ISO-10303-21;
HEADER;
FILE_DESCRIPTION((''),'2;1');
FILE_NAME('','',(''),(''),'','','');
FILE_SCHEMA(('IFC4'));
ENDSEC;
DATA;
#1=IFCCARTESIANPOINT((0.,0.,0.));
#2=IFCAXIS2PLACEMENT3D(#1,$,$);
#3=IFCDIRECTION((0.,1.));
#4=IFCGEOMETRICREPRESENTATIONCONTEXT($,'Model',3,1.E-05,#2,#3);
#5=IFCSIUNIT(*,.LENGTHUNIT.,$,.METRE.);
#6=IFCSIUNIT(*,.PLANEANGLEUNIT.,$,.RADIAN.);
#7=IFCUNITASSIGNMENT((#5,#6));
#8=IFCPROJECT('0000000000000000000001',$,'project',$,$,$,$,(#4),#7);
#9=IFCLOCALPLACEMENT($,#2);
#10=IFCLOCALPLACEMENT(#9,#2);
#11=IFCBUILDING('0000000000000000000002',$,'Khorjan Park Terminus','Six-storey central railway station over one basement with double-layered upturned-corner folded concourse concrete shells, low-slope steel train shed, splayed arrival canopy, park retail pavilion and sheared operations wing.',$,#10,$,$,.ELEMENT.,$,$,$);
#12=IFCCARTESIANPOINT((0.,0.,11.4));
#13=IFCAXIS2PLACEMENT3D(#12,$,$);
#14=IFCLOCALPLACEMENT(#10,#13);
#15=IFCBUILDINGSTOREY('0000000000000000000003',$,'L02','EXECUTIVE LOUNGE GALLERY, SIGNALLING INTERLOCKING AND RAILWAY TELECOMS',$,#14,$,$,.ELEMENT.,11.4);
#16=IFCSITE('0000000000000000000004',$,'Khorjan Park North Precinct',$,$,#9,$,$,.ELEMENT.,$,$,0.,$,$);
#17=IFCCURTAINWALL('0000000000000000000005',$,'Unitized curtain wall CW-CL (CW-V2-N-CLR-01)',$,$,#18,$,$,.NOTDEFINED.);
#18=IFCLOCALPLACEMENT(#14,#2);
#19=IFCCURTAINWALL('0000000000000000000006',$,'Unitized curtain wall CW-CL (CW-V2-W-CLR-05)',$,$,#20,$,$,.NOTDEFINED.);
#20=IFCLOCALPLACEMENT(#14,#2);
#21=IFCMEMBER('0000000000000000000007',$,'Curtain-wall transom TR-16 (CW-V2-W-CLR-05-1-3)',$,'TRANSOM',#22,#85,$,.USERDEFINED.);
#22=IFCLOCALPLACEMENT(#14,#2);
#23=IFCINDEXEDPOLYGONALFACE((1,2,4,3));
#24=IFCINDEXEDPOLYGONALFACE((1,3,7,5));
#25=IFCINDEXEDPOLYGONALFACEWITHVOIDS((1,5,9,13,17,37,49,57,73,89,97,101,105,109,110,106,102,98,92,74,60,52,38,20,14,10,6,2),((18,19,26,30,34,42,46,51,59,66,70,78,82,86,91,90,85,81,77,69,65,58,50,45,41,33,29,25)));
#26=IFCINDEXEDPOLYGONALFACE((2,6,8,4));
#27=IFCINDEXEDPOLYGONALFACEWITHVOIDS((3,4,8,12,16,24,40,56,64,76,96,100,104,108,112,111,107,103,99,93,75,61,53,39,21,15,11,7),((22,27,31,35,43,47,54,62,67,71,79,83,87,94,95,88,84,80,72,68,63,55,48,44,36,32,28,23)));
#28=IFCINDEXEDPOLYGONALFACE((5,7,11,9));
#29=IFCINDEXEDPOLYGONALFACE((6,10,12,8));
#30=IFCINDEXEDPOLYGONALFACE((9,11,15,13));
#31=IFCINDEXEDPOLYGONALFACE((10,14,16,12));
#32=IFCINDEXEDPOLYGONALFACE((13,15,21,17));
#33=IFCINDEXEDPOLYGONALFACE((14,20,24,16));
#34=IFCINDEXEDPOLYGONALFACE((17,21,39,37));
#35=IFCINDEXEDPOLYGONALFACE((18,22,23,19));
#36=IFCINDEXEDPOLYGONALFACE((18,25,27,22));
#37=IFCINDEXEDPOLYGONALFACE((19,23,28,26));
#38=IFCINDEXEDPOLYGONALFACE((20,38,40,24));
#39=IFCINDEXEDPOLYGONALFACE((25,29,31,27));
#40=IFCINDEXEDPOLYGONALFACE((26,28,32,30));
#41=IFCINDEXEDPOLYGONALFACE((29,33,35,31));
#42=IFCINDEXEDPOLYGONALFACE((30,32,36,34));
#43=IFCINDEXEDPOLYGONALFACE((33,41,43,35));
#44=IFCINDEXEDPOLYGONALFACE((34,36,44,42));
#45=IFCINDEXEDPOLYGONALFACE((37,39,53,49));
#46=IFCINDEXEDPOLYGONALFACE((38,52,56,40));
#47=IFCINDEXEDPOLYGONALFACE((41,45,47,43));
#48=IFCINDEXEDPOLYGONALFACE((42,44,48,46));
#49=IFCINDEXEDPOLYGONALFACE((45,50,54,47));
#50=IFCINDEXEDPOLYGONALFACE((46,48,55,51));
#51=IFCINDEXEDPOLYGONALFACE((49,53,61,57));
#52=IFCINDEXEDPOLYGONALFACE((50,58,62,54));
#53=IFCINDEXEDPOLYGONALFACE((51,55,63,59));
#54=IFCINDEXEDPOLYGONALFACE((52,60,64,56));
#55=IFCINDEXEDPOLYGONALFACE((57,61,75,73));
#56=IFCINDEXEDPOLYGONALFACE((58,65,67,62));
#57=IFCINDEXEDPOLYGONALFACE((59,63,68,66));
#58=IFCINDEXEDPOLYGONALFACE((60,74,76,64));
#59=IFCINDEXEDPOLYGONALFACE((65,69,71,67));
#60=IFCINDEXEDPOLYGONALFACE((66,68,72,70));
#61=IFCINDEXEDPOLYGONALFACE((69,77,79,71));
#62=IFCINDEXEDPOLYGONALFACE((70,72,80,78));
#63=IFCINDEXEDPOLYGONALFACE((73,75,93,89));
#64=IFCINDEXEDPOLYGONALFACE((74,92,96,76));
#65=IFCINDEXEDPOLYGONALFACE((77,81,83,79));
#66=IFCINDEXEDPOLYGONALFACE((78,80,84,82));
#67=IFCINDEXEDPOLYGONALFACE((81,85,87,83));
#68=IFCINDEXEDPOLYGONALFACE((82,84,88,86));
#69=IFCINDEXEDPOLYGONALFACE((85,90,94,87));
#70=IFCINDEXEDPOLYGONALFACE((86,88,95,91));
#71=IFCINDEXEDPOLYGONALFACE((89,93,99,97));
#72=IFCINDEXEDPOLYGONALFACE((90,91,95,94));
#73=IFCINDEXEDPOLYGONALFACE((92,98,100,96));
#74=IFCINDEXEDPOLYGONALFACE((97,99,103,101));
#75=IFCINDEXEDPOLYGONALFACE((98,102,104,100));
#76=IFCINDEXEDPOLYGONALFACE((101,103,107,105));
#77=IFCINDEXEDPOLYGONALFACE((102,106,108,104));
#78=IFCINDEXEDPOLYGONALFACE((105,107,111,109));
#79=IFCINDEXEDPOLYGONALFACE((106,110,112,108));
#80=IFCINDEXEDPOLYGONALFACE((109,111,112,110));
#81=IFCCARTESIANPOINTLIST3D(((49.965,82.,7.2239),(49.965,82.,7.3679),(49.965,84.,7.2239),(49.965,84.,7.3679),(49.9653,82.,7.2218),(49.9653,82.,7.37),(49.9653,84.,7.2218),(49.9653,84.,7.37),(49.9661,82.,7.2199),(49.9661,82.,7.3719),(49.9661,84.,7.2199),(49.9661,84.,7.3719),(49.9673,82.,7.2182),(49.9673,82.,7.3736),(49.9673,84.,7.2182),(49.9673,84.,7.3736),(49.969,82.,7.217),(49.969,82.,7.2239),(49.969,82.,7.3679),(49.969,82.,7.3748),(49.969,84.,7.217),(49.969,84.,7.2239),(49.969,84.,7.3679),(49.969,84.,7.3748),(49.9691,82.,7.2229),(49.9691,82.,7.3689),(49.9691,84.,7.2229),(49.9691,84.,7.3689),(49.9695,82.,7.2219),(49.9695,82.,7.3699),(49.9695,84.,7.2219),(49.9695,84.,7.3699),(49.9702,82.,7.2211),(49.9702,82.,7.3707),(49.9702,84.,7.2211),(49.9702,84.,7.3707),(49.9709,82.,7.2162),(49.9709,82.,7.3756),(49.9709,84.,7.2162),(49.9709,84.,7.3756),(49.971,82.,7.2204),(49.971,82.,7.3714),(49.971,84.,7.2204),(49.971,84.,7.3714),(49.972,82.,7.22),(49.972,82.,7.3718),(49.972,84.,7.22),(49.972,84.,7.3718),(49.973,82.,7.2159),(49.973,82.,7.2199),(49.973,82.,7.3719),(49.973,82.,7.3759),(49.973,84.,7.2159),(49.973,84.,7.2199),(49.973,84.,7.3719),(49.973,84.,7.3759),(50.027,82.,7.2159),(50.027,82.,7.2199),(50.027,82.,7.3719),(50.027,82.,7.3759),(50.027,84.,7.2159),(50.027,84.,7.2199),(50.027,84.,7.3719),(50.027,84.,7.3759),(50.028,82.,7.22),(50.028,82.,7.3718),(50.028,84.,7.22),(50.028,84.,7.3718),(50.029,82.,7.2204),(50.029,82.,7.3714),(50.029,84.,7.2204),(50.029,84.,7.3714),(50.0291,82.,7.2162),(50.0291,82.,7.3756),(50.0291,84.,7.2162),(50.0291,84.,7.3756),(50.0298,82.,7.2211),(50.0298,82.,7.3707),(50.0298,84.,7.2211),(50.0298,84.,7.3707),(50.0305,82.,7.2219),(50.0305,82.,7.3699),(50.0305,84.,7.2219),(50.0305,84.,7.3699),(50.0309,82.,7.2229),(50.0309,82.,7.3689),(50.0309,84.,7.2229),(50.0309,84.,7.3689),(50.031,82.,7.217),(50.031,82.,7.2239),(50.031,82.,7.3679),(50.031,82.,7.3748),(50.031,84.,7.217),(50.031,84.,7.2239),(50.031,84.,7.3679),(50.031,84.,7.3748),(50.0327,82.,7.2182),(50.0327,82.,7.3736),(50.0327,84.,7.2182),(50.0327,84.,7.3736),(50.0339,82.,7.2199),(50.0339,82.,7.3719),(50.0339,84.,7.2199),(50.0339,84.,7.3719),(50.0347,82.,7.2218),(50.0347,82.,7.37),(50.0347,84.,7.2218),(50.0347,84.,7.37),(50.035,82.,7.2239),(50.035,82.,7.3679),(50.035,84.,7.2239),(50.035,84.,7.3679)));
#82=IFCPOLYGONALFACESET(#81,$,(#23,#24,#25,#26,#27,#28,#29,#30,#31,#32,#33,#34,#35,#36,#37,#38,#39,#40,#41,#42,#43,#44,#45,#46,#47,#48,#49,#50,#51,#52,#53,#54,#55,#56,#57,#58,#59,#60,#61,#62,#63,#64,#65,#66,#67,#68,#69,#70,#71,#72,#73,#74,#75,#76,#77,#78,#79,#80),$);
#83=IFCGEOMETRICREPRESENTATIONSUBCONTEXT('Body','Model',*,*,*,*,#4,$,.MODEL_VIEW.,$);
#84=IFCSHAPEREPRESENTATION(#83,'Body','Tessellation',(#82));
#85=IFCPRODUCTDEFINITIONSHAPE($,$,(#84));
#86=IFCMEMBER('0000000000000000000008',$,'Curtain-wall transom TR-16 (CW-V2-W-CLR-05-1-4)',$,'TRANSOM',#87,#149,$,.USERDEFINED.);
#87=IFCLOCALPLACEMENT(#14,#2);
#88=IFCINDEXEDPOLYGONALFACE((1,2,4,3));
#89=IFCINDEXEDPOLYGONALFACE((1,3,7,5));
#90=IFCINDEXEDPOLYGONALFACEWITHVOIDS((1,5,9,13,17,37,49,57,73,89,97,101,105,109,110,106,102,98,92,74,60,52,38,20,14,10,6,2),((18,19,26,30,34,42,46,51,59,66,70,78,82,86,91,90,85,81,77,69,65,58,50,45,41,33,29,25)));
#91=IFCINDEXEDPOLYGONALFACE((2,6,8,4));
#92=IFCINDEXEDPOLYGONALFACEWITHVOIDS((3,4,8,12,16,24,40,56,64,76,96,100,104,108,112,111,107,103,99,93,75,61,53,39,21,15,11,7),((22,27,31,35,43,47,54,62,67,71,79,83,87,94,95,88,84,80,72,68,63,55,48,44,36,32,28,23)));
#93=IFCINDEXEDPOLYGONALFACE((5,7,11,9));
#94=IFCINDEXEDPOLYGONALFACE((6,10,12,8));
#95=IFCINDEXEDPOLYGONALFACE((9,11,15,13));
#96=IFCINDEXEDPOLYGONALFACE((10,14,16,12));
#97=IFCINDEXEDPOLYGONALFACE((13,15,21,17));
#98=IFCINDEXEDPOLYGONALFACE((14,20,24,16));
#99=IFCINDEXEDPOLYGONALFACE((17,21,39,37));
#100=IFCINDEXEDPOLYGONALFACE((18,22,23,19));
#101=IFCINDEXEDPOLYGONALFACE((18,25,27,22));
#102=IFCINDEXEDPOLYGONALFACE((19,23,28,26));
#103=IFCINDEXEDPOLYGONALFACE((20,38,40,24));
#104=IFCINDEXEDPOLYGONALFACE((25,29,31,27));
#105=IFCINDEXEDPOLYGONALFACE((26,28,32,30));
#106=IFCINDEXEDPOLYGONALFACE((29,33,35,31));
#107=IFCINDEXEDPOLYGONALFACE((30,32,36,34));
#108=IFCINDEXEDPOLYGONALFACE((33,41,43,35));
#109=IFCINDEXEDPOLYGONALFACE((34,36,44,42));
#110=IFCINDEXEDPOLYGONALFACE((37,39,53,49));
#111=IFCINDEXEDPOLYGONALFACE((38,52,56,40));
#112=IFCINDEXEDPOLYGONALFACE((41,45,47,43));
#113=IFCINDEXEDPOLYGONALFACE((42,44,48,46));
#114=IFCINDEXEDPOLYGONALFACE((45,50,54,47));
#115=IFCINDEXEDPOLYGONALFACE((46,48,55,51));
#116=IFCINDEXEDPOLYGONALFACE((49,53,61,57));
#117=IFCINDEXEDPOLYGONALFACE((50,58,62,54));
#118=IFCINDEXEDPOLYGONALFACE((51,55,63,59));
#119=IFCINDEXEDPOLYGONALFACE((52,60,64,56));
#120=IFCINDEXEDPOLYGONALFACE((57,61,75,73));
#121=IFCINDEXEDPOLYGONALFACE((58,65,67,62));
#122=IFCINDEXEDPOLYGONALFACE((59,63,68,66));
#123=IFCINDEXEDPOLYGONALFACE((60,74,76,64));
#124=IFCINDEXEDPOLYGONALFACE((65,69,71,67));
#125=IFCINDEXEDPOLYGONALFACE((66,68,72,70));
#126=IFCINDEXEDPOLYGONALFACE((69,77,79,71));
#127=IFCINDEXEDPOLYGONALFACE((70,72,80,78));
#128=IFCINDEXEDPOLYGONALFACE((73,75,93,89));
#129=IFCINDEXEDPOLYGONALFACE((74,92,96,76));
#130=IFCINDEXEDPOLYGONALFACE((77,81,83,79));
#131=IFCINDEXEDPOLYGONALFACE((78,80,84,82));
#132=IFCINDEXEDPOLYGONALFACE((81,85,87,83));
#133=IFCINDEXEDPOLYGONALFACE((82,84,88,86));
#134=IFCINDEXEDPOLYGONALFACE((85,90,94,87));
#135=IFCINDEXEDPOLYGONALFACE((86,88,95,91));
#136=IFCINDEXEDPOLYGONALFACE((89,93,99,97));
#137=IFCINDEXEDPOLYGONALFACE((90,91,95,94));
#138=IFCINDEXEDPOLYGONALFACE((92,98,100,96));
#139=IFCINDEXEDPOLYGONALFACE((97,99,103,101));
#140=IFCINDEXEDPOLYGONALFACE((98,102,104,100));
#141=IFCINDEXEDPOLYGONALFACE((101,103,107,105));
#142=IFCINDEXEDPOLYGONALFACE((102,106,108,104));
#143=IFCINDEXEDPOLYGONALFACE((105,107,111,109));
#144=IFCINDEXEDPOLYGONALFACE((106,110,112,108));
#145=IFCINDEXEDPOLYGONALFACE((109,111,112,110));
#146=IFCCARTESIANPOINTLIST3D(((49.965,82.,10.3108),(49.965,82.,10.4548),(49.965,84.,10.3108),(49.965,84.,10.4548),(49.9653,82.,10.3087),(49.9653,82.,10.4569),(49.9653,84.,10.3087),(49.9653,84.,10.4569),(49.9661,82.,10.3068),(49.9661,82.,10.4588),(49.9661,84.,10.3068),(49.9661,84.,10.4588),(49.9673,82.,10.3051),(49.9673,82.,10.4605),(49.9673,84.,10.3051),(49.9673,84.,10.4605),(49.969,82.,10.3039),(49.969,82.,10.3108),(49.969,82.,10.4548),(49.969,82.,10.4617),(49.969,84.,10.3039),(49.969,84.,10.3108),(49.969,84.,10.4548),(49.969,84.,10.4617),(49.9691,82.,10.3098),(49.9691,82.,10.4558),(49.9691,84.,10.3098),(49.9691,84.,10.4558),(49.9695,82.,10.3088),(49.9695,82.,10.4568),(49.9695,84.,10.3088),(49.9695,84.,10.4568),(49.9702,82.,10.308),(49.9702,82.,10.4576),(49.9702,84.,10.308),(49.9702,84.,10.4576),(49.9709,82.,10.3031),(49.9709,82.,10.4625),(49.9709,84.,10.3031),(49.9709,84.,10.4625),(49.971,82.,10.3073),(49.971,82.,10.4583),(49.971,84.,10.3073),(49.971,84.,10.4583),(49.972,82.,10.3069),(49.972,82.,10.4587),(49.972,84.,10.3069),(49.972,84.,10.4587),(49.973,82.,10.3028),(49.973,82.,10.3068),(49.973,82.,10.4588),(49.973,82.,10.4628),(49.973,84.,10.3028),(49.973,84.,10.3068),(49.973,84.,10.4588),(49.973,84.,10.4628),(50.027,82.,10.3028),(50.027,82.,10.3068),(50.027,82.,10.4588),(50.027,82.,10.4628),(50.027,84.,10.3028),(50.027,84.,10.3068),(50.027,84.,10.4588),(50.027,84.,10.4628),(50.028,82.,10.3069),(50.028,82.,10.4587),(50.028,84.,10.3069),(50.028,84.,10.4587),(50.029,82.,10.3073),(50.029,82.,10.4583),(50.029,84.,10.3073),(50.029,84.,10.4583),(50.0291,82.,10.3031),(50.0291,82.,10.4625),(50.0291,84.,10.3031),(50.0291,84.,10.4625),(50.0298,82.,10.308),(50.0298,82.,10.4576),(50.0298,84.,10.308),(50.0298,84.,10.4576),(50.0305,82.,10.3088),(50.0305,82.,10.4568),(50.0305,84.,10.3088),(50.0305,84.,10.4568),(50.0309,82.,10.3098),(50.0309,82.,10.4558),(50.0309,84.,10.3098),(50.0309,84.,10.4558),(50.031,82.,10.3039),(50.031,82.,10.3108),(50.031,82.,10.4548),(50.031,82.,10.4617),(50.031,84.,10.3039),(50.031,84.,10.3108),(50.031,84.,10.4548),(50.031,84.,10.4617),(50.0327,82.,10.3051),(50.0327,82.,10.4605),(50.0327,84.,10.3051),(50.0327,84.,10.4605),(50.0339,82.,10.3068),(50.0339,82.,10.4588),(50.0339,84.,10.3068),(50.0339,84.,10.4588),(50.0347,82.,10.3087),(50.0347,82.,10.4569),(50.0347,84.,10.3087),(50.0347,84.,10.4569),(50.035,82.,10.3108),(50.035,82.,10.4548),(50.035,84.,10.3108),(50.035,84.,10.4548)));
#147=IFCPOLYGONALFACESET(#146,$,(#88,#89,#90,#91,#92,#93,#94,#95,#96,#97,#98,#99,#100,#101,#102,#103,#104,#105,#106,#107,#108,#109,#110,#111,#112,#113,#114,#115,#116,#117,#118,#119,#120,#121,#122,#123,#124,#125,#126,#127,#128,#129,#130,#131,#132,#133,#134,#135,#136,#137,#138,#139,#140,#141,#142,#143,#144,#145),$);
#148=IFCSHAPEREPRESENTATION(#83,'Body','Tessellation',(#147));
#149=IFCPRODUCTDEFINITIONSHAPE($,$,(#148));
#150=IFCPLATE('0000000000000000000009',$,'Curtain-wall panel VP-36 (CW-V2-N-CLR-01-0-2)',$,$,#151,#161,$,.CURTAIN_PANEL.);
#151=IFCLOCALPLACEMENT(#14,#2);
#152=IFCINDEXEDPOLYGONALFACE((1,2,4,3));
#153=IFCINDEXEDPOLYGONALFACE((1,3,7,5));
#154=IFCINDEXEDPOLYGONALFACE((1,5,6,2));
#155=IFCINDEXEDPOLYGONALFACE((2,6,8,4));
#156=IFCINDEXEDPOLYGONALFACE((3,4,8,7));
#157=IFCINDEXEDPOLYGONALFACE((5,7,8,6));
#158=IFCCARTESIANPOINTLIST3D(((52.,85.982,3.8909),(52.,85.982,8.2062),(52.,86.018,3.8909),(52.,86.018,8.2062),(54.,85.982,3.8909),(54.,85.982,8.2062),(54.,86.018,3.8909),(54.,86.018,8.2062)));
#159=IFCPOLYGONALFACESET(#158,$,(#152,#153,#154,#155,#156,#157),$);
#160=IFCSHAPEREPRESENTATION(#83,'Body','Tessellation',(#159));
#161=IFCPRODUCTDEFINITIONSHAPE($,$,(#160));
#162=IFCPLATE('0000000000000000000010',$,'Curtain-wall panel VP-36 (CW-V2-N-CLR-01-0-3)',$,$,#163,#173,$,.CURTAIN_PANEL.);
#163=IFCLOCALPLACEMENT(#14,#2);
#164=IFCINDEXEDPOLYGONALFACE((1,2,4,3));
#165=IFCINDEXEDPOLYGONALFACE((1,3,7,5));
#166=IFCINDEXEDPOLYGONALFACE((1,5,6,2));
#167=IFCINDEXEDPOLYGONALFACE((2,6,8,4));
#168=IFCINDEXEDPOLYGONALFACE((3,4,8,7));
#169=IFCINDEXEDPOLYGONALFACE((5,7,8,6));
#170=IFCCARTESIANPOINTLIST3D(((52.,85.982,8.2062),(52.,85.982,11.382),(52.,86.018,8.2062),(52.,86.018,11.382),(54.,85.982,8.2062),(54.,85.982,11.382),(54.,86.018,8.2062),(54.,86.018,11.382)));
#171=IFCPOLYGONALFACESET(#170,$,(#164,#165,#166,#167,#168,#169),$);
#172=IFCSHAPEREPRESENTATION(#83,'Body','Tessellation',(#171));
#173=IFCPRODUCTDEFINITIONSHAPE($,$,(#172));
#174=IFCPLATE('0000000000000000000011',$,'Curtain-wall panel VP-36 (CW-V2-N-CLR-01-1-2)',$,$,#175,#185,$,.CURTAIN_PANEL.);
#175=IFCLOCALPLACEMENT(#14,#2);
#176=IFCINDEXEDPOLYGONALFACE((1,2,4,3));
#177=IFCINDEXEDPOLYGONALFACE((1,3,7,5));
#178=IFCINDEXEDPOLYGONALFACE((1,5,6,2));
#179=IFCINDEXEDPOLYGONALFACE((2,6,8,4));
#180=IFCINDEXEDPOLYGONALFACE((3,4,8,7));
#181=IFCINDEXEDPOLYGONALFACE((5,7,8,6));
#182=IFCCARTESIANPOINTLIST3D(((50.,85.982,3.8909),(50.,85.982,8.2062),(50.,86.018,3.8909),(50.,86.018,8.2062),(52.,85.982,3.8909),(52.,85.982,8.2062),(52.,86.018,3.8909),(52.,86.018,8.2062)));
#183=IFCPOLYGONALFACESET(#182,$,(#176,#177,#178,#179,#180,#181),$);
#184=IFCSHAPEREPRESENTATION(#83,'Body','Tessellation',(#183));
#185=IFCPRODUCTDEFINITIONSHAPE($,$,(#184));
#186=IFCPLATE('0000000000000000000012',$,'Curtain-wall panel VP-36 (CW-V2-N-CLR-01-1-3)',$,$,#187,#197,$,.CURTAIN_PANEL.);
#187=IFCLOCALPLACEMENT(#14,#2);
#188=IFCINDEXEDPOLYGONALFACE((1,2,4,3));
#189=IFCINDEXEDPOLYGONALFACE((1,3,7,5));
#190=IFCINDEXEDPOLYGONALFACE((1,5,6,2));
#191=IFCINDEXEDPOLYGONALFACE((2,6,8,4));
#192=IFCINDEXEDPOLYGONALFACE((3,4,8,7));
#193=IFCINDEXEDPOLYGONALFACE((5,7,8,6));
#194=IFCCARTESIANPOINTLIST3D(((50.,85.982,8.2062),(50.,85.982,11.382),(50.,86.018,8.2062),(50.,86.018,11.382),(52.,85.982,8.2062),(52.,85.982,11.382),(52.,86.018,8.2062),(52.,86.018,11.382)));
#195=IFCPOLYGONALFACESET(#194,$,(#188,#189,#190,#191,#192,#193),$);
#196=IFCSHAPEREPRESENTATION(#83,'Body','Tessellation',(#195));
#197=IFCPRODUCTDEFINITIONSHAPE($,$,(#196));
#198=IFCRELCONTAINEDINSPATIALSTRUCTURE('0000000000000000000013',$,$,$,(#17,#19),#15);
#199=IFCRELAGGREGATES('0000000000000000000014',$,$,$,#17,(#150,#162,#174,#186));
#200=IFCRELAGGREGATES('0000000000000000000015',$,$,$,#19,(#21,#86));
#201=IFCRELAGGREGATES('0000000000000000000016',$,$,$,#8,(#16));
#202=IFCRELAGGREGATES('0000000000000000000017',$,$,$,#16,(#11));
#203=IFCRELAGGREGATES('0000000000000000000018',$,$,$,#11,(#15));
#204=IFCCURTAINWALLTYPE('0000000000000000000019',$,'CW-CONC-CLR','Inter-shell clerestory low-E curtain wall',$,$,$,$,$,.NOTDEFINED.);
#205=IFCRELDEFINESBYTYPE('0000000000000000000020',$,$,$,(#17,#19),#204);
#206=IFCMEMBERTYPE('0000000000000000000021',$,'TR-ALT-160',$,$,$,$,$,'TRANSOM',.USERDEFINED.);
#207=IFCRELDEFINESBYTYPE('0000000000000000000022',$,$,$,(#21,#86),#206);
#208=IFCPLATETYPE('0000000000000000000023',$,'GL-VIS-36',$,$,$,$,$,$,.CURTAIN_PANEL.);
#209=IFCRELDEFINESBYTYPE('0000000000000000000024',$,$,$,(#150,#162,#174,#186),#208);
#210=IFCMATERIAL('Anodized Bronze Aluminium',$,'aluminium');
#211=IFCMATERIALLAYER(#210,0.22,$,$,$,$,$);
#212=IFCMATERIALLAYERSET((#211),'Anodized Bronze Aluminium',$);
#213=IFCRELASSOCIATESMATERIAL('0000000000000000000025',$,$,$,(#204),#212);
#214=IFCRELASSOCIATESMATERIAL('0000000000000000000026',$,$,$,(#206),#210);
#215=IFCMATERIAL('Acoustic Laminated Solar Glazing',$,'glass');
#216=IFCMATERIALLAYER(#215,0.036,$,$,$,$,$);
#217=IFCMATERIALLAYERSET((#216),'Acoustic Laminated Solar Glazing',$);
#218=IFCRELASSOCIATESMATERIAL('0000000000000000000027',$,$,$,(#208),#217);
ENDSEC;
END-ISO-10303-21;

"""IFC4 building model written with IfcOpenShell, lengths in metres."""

from ifc_helpers import new_model, si_unit, direction, frame, origin, origin_2d, place, context, subcontext, project, spatial, rectangle, hollow_rectangle, extrude, material, layer, layer_set, material_profile, profile_set, type_object, element, aggregate, save


model = new_model("IFC4")

# Units and contexts
model_context = context("Model", 3, precision=1e-05, world=origin(), true_north=direction((0.0, 1.0)))
body_context = subcontext(model_context, "Body", "Model", "MODEL_VIEW")
ifc_project = project(units=[si_unit("LENGTHUNIT", "METRE"), si_unit("PLANEANGLEUNIT", "RADIAN")], contexts=[model_context])

# Site, building, storey
site_placement = place(None, origin())
site = spatial("IfcSite", under=ifc_project, at=site_placement, Name="Khorjan Park North Precinct", CompositionType="ELEMENT", RefElevation=0.0)
building_placement = place(site_placement, origin())
building = spatial("IfcBuilding", under=site, at=building_placement, Name="Khorjan Park Terminus", Description="Six-storey central railway station over one basement with double-layered upturned-corner folded concourse concrete shells, low-slope steel train shed, splayed arrival canopy, park retail pavilion and sheared operations wing.", CompositionType="ELEMENT")
storey_placement = place(building_placement, frame((0.0, 0.0, 11.4)))
storey = spatial("IfcBuildingStorey", under=building, at=storey_placement, Name="L02", Description="EXECUTIVE LOUNGE GALLERY, SIGNALLING INTERLOCKING AND RAILWAY TELECOMS", CompositionType="ELEMENT", Elevation=11.4)

# Curtain walls, members
ifc_material_1 = material(Name="Anodized Bronze Aluminium", Category="aluminium")
ifc_layer_1 = layer(ifc_material_1, 0.22)
ifc_layer_set_1 = layer_set([ifc_layer_1], Name="Anodized Bronze Aluminium")
curtain_wall_type = type_object("IfcCurtainWallType", Name="CW-CONC-CLR", Description="Inter-shell clerestory low-E curtain wall", PredefinedType="NOTDEFINED", material=ifc_layer_set_1)
curtain_wall_1_placement = place(storey_placement, origin())
curtain_wall_1 = element("IfcCurtainWall", 1, at=curtain_wall_1_placement, inside=storey, type_object=curtain_wall_type, Name="Unitized curtain wall CW-CL (CW-V2-N-CLR-01)", PredefinedType="NOTDEFINED")
ifc_material_profile_1 = material_profile(ifc_material_1, hollow_rectangle(XDim=0.07, YDim=0.16, WallThickness=0.004, InnerFilletRadius=0.004, OuterFilletRadius=0.008, at=origin_2d()), Name="ALT 70x160x4")
ifc_profile_set_1 = profile_set([ifc_material_profile_1], Name="Anodized Bronze Aluminium")
member_type_1 = type_object("IfcMemberType", Name="TR-ALT-160", ElementType="TRANSOM", PredefinedType="USERDEFINED", material=ifc_profile_set_1)
curtain_wall_2_placement = place(storey_placement, origin())
curtain_wall_2 = element("IfcCurtainWall", 2, at=curtain_wall_2_placement, inside=storey, type_object=curtain_wall_type, Name="Unitized curtain wall CW-CL (CW-V2-W-CLR-05)", PredefinedType="NOTDEFINED")
member_1_placement = place(storey_placement, frame((50.0, 84.0, 7.2959), z_axis=(0.0, -1.0, 0.0), x_axis=(1.0, 0.0, 0.0)))
member_1 = element("IfcMember", 3, at=member_1_placement, type_object=member_type_1, Name="Curtain-wall transom TR-16 (CW-V2-W-CLR-05-1-3)", ObjectType="TRANSOM", PredefinedType="USERDEFINED", context=body_context, shape_type="SweptSolid", body=[
    extrude(hollow_rectangle(XDim=0.07, YDim=0.16, WallThickness=0.004, InnerFilletRadius=0.004, OuterFilletRadius=0.008, at=origin_2d()), origin(), (0.0, 0.0, 1.0), 2.0),
])
member_2_placement = place(storey_placement, frame((50.0, 84.0, 10.3828), z_axis=(0.0, -1.0, 0.0), x_axis=(1.0, 0.0, 0.0)))
member_2 = element("IfcMember", 4, at=member_2_placement, type_object=member_type_1, Name="Curtain-wall transom TR-16 (CW-V2-W-CLR-05-1-4)", ObjectType="TRANSOM", PredefinedType="USERDEFINED", context=body_context, shape_type="SweptSolid", body=[
    extrude(hollow_rectangle(XDim=0.07, YDim=0.16, WallThickness=0.004, InnerFilletRadius=0.004, OuterFilletRadius=0.008, at=origin_2d()), origin(), (0.0, 0.0, 1.0), 2.0),
])

# Plates
ifc_material_2 = material(Name="Acoustic Laminated Solar Glazing", Category="glass")
ifc_layer_2 = layer(ifc_material_2, 0.036)
ifc_layer_set_2 = layer_set([ifc_layer_2], Name="Acoustic Laminated Solar Glazing")
plate_type_1 = type_object("IfcPlateType", Name="GL-VIS-36", PredefinedType="CURTAIN_PANEL", material=ifc_layer_set_2)
plate_1_placement = place(storey_placement, frame((53.0, 86.0, 3.8909), z_axis=(0.0, 0.0, 1.0), x_axis=(-1.0, 0.0, 0.0)))
plate_1 = element("IfcPlate", 5, at=plate_1_placement, type_object=plate_type_1, Name="Curtain-wall panel VP-36 (CW-V2-N-CLR-01-0-2)", PredefinedType="CURTAIN_PANEL", context=body_context, shape_type="SweptSolid", body=[
    extrude(rectangle(XDim=2.0, YDim=0.036, at=origin_2d()), origin(), (0.0, 0.0, 1.0), 4.3153),
])
plate_2_placement = place(storey_placement, frame((53.0, 86.0, 8.2062), z_axis=(0.0, 0.0, 1.0), x_axis=(-1.0, 0.0, 0.0)))
plate_2 = element("IfcPlate", 6, at=plate_2_placement, type_object=plate_type_1, Name="Curtain-wall panel VP-36 (CW-V2-N-CLR-01-0-3)", PredefinedType="CURTAIN_PANEL", context=body_context, shape_type="SweptSolid", body=[
    extrude(rectangle(XDim=2.0, YDim=0.036, at=origin_2d()), origin(), (0.0, 0.0, 1.0), 3.1758),
])
plate_3_placement = place(storey_placement, frame((51.0, 86.0, 3.8909), z_axis=(0.0, 0.0, 1.0), x_axis=(-1.0, 0.0, 0.0)))
plate_3 = element("IfcPlate", 7, at=plate_3_placement, type_object=plate_type_1, Name="Curtain-wall panel VP-36 (CW-V2-N-CLR-01-1-2)", PredefinedType="CURTAIN_PANEL", context=body_context, shape_type="SweptSolid", body=[
    extrude(rectangle(XDim=2.0, YDim=0.036, at=origin_2d()), origin(), (0.0, 0.0, 1.0), 4.3153),
])
plate_4_placement = place(storey_placement, frame((51.0, 86.0, 8.2062), z_axis=(0.0, 0.0, 1.0), x_axis=(-1.0, 0.0, 0.0)))
plate_4 = element("IfcPlate", 8, at=plate_4_placement, type_object=plate_type_1, Name="Curtain-wall panel VP-36 (CW-V2-N-CLR-01-1-3)", PredefinedType="CURTAIN_PANEL", context=body_context, shape_type="SweptSolid", body=[
    extrude(rectangle(XDim=2.0, YDim=0.036, at=origin_2d()), origin(), (0.0, 0.0, 1.0), 3.1758),
])

aggregate(curtain_wall_1, [plate_1, plate_2, plate_3, plate_4])
aggregate(curtain_wall_2, [member_1, member_2])

save(model, "model.ifc")
